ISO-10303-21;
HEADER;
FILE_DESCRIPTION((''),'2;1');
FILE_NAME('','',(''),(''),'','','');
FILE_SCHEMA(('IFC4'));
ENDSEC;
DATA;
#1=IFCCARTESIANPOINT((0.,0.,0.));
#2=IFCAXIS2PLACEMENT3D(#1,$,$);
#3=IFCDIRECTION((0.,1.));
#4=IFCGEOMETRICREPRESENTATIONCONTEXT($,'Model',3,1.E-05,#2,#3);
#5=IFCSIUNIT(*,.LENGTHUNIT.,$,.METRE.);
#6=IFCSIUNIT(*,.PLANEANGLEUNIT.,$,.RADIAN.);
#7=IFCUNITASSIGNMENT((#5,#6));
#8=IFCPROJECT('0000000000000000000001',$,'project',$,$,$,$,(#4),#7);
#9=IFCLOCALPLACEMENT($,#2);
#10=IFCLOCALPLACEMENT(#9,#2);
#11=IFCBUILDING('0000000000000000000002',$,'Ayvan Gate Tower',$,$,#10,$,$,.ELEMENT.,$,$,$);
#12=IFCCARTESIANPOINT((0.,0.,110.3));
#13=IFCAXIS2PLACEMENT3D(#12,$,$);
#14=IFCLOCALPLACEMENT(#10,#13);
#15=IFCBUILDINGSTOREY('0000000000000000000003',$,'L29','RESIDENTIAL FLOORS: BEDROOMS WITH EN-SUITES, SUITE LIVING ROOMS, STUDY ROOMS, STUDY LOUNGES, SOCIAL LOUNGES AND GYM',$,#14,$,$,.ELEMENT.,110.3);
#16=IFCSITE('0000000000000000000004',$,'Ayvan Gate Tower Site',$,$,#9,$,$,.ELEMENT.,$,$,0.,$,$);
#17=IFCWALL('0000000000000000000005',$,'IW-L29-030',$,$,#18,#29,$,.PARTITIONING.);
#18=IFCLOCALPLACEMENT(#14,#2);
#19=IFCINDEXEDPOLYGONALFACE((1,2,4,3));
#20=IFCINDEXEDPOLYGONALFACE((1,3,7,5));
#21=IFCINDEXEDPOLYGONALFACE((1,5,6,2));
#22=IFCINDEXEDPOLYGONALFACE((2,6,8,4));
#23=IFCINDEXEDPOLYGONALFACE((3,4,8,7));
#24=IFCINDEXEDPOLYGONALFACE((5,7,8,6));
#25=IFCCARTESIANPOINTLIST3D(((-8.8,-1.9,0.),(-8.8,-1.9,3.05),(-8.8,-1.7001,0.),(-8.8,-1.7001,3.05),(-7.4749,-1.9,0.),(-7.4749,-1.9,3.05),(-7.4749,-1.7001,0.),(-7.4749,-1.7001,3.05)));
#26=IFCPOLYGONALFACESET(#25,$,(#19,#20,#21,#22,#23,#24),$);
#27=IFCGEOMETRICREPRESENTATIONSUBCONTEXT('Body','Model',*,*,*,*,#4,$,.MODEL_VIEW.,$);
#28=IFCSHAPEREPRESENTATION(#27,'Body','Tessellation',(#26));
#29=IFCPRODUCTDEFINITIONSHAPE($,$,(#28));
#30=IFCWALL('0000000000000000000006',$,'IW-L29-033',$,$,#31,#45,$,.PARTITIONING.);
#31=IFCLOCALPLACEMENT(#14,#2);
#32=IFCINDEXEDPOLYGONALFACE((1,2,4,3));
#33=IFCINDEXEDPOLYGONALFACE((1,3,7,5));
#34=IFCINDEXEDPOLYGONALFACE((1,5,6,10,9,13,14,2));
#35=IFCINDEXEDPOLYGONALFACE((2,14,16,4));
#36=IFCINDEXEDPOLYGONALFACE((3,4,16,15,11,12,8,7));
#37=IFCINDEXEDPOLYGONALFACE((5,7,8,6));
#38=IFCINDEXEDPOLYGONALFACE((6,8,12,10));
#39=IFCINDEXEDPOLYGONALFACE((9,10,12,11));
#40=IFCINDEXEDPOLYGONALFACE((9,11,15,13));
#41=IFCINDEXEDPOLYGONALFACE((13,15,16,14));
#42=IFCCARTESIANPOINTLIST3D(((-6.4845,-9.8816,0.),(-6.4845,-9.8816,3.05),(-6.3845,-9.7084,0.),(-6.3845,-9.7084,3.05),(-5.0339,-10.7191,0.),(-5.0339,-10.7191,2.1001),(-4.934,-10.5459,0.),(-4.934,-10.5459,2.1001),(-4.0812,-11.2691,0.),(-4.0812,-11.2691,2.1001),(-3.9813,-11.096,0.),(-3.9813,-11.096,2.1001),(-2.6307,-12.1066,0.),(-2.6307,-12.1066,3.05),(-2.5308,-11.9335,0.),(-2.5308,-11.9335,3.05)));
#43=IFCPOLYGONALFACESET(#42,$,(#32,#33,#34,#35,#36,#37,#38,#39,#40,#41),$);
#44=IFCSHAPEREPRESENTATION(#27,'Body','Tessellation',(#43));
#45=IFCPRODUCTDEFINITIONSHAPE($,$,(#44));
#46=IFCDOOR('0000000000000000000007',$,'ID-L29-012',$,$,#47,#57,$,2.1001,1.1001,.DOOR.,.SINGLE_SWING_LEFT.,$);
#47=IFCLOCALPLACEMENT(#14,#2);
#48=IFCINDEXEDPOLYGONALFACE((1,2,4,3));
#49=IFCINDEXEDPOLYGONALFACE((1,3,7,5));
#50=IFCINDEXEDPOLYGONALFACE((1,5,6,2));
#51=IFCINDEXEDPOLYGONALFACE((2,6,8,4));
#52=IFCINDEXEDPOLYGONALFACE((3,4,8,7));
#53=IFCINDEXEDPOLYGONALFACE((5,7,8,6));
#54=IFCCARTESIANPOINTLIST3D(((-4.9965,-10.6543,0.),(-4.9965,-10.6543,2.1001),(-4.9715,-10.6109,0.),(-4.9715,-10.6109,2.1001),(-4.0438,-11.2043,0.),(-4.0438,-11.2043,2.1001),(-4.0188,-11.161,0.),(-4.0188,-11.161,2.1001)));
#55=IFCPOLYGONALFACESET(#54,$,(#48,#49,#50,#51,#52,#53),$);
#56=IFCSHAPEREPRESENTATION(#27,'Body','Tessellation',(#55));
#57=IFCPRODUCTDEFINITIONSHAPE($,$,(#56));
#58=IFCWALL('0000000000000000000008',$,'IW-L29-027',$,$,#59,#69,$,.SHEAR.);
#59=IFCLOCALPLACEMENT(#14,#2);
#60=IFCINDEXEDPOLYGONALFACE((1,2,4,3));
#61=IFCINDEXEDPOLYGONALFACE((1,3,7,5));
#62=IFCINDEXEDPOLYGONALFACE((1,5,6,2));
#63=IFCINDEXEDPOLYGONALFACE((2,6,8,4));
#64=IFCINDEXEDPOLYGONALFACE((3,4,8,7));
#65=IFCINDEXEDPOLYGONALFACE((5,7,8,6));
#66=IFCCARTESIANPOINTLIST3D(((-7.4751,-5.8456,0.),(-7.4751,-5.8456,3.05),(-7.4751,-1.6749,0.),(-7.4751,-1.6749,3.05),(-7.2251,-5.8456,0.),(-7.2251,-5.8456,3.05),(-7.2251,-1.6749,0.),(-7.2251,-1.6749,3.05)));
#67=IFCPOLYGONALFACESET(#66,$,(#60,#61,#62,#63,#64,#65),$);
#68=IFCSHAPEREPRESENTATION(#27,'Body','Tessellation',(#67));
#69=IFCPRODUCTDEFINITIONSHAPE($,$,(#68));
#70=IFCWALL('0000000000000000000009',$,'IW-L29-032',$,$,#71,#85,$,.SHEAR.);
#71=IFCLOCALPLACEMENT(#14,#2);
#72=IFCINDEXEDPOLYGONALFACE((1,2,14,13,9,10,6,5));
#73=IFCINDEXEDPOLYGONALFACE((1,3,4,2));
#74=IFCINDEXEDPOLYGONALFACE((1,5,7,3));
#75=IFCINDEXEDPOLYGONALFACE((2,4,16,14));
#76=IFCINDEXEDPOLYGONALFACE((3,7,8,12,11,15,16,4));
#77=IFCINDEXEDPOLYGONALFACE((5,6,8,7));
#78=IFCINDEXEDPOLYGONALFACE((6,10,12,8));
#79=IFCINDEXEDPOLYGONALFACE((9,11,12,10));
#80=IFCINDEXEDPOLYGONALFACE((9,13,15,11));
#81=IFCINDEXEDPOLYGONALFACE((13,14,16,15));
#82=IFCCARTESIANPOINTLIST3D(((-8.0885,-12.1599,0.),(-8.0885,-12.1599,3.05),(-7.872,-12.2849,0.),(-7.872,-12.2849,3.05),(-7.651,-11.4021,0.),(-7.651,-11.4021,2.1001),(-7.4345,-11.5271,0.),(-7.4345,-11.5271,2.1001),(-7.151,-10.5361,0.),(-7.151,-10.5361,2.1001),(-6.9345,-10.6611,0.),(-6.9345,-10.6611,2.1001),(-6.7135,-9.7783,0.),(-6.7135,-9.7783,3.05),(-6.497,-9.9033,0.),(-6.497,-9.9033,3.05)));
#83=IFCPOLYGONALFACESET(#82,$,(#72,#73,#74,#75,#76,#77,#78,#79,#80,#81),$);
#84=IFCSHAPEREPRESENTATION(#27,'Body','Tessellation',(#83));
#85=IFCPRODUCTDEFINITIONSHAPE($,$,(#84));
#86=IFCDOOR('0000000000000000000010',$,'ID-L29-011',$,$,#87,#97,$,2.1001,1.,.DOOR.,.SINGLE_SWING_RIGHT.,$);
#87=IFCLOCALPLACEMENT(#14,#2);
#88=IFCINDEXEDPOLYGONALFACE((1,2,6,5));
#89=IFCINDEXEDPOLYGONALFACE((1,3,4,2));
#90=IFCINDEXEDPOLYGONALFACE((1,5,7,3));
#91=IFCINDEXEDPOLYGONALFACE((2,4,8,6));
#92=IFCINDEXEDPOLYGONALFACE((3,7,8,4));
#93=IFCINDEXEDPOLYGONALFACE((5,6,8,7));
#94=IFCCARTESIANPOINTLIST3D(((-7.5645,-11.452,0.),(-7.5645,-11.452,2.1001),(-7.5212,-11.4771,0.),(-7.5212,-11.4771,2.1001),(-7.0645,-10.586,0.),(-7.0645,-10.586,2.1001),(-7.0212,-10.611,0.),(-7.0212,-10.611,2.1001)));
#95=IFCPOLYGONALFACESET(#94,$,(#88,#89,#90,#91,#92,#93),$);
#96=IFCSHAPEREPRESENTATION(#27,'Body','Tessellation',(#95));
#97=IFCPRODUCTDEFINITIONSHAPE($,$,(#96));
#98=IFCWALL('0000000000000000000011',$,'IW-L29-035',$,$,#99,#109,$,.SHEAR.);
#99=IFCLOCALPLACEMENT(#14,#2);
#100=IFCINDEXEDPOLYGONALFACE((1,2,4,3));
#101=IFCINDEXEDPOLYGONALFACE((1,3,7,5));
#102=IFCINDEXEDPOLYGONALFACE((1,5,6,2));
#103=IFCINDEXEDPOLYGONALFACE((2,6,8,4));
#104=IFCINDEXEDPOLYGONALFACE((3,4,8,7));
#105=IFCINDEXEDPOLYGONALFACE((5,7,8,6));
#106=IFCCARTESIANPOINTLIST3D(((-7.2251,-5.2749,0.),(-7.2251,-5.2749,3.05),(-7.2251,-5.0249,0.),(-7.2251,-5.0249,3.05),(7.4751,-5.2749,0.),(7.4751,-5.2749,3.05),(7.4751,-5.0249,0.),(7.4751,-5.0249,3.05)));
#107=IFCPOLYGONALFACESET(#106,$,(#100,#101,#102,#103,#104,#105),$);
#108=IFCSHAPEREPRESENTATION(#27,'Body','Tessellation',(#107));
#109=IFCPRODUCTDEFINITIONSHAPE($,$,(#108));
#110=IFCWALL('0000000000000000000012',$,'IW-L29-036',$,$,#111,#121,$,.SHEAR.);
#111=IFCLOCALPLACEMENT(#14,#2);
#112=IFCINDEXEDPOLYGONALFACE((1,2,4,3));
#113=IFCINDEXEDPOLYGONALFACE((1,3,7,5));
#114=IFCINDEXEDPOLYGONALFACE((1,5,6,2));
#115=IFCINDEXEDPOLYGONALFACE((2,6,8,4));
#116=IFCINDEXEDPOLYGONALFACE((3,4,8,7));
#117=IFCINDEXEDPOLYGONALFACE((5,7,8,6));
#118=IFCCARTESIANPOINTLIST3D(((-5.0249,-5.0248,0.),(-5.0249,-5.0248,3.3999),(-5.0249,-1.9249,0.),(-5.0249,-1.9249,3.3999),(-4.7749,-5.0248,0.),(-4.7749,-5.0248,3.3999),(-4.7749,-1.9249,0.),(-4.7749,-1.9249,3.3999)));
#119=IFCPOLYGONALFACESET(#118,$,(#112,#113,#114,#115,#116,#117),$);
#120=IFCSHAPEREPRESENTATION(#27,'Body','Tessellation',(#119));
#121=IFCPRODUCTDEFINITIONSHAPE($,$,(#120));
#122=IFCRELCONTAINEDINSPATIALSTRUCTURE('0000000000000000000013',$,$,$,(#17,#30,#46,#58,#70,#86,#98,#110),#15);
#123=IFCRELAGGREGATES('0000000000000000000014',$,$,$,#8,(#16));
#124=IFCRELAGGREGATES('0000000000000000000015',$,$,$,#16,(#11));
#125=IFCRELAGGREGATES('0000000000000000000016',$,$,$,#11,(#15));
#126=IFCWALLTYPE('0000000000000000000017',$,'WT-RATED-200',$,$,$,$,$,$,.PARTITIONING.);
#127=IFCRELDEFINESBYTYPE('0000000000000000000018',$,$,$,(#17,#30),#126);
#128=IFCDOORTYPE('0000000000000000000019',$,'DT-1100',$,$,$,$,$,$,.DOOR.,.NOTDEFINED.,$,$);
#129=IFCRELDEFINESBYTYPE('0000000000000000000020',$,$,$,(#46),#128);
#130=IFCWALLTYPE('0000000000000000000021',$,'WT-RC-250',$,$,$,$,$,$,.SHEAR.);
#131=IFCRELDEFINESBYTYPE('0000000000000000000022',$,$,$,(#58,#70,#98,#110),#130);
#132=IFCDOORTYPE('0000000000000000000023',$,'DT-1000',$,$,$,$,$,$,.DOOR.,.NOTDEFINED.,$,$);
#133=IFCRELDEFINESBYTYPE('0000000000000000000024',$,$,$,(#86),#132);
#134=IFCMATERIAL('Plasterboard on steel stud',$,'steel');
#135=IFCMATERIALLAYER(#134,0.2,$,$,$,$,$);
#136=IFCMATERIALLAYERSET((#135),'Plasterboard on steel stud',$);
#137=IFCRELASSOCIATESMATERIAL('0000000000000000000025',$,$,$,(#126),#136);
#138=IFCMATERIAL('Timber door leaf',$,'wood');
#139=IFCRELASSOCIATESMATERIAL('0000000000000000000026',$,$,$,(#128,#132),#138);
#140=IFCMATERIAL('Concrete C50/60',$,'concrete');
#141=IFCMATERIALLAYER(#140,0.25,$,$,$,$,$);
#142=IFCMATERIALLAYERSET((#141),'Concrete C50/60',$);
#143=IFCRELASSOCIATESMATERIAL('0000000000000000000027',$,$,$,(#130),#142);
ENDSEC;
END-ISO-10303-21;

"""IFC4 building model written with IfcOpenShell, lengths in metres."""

from ifc_helpers import new_model, si_unit, direction, frame, frame_2d, origin, place, context, subcontext, project, spatial, rectangle, extrude, material, layer, layer_set, type_object, element, fill, save


model = new_model("IFC4")

# Units and contexts
model_context = context("Model", 3, precision=1e-05, world=origin(), true_north=direction((0.0, 1.0)))
body_context = subcontext(model_context, "Body", "Model", "MODEL_VIEW")
ifc_project = project(units=[si_unit("LENGTHUNIT", "METRE"), si_unit("PLANEANGLEUNIT", "RADIAN")], contexts=[model_context])

# Site, building, storey
site_placement = place(None, origin())
site = spatial("IfcSite", under=ifc_project, at=site_placement, Name="Ayvan Gate Tower Site", CompositionType="ELEMENT", RefElevation=0.0)
building_placement = place(site_placement, origin())
building = spatial("IfcBuilding", under=site, at=building_placement, Name="Ayvan Gate Tower", CompositionType="ELEMENT")
storey_placement = place(building_placement, frame((0.0, 0.0, 110.3)))
storey = spatial("IfcBuildingStorey", under=building, at=storey_placement, Name="L29", Description="RESIDENTIAL FLOORS: BEDROOMS WITH EN-SUITES, SUITE LIVING ROOMS, STUDY ROOMS, STUDY LOUNGES, SOCIAL LOUNGES AND GYM", CompositionType="ELEMENT", Elevation=110.3)

# Wall
ifc_material_1 = material(Name="Plasterboard on steel stud", Category="steel")
ifc_layer_1 = layer(ifc_material_1, 0.2)
ifc_layer_set_1 = layer_set([ifc_layer_1], Name="Plasterboard on steel stud")
wall_type_1 = type_object("IfcWallType", Name="WT-RATED-200", PredefinedType="PARTITIONING", material=ifc_layer_set_1)
wall_1_placement = place(storey_placement, frame((-7.4749, -1.8, 0.0), z_axis=(0.0, 0.0, 1.0), x_axis=(-1.0, 0.0, 0.0)))
element("IfcWall", 1, at=wall_1_placement, inside=storey, type_object=wall_type_1, Name="IW-L29-030", PredefinedType="PARTITIONING", context=body_context, shape_type="SweptSolid", body=[
    extrude(rectangle(XDim=1.3252, YDim=0.2, at=frame_2d((0.6626, 0.0))), origin(), (0.0, 0.0, 1.0), 3.05),
])

# Wall, opening, door
wall_2_placement = place(storey_placement, frame((-6.4346, -9.7949, 0.0), z_axis=(0.0, 0.0, 1.0), x_axis=(0.866013, -0.500022, 0.0)))
wall_2 = element("IfcWall", 2, at=wall_2_placement, inside=storey, type_object=wall_type_1, Name="IW-L29-033", PredefinedType="PARTITIONING", context=body_context, shape_type="SweptSolid", body=[
    extrude(rectangle(XDim=4.45, YDim=0.2, at=frame_2d((2.2251, 0.0))), origin(), (0.0, 0.0, 1.0), 3.05),
])
opening_1_placement = place(wall_2_placement, frame((1.675, 0.0, 0.0)))
opening_1 = element("IfcOpeningElement", 3, at=opening_1_placement, cuts=wall_2, PredefinedType="OPENING", context=body_context, shape_type="SweptSolid", body=[
    extrude(rectangle(XDim=1.1001, YDim=2.1001, at=frame_2d((0.55, 1.05))), frame((0.0, 0.1099, 0.0), z_axis=(0.0, -1.0, 0.0), x_axis=(1.0, 0.0, 0.0)), (0.0, 0.0, 1.0), 0.22),
])
ifc_material_2 = material(Name="Timber door leaf", Category="wood")
door_type_1 = type_object("IfcDoorType", Name="DT-1100", OperationType="NOTDEFINED", PredefinedType="DOOR", material=ifc_material_2)
door_1_placement = place(opening_1_placement, origin())
door_1 = element("IfcDoor", 4, at=door_1_placement, inside=storey, type_object=door_type_1, Name="ID-L29-012", OperationType="SINGLE_SWING_LEFT", OverallHeight=2.1001, OverallWidth=1.1001, PredefinedType="DOOR", context=body_context, shape_type="SweptSolid", body=[
    extrude(rectangle(XDim=1.1001, YDim=2.1001, at=frame_2d((0.55, 1.05))), frame((0.0, 0.0249, 0.0), z_axis=(0.0, -1.0, 0.0), x_axis=(1.0, 0.0, 0.0)), (0.0, 0.0, 1.0), 0.05),
])
fill(opening_1, door_1)

# Wall
ifc_material_3 = material(Name="Concrete C50/60", Category="concrete")
ifc_layer_2 = layer(ifc_material_3, 0.25)
ifc_layer_set_2 = layer_set([ifc_layer_2], Name="Concrete C50/60")
wall_type_2 = type_object("IfcWallType", Name="WT-RC-250", PredefinedType="SHEAR", material=ifc_layer_set_2)
wall_3_placement = place(storey_placement, frame((-7.3501, -5.8457, 0.0), z_axis=(0.0, 0.0, 1.0), x_axis=(0.0, 1.0, 0.0)))
element("IfcWall", 5, at=wall_3_placement, inside=storey, type_object=wall_type_2, Name="IW-L29-027", PredefinedType="SHEAR", context=body_context, shape_type="SweptSolid", body=[
    extrude(rectangle(XDim=4.1707, YDim=0.25, at=frame_2d((2.0854, 0.0))), origin(), (0.0, 0.0, 1.0), 3.05),
])

# Wall, opening, door
wall_4_placement = place(storey_placement, frame((-6.6052, -9.8408, 0.0), z_axis=(0.0, 0.0, 1.0), x_axis=(-0.499997, -0.866027, 0.0)))
wall_4 = element("IfcWall", 6, at=wall_4_placement, inside=storey, type_object=wall_type_2, Name="IW-L29-032", PredefinedType="SHEAR", context=body_context, shape_type="SweptSolid", body=[
    extrude(rectangle(XDim=2.75, YDim=0.25, at=frame_2d((1.375, 0.0))), origin(), (0.0, 0.0, 1.0), 3.05),
])
opening_2_placement = place(wall_4_placement, frame((0.875, 0.0, 0.0)))
opening_2 = element("IfcOpeningElement", 7, at=opening_2_placement, cuts=wall_4, PredefinedType="OPENING", context=body_context, shape_type="SweptSolid", body=[
    extrude(rectangle(XDim=1.0, YDim=2.1001, at=frame_2d((0.5, 1.05))), frame((0.0, 0.135, 0.0), z_axis=(0.0, -1.0, 0.0), x_axis=(1.0, 0.0, 0.0)), (0.0, 0.0, 1.0), 0.27),
])
door_type_2 = type_object("IfcDoorType", Name="DT-1000", OperationType="NOTDEFINED", PredefinedType="DOOR", material=ifc_material_2)
door_2_placement = place(opening_2_placement, origin())
door_2 = element("IfcDoor", 8, at=door_2_placement, inside=storey, type_object=door_type_2, Name="ID-L29-011", OperationType="SINGLE_SWING_RIGHT", OverallHeight=2.1001, OverallWidth=1.0, PredefinedType="DOOR", context=body_context, shape_type="SweptSolid", body=[
    extrude(rectangle(XDim=1.0, YDim=2.1001, at=frame_2d((0.5, 1.05))), frame((0.0, 0.0249, 0.0), z_axis=(0.0, -1.0, 0.0), x_axis=(1.0, 0.0, 0.0)), (0.0, 0.0, 1.0), 0.05),
])
fill(opening_2, door_2)

# Walls
wall_5_placement = place(storey_placement, frame((-7.2251, -5.1499, 0.0), z_axis=(0.0, 0.0, 1.0), x_axis=(1.0, 0.0, 0.0)))
element("IfcWall", 9, at=wall_5_placement, inside=storey, type_object=wall_type_2, Name="IW-L29-035", PredefinedType="SHEAR", context=body_context, shape_type="SweptSolid", body=[
    extrude(rectangle(XDim=14.7002, YDim=0.25, at=frame_2d((7.3501, 0.0))), origin(), (0.0, 0.0, 1.0), 3.05),
])
wall_6_placement = place(storey_placement, frame((-4.8999, -1.925, 0.0), z_axis=(0.0, 0.0, 1.0), x_axis=(0.0, -1.0, 0.0)))
element("IfcWall", 10, at=wall_6_placement, inside=storey, type_object=wall_type_2, Name="IW-L29-036", PredefinedType="SHEAR", context=body_context, shape_type="SweptSolid", body=[
    extrude(rectangle(XDim=3.0999, YDim=0.25, at=frame_2d((1.5498, 0.0))), origin(), (0.0, 0.0, 1.0), 3.3999),
])

save(model, "model.ifc")
